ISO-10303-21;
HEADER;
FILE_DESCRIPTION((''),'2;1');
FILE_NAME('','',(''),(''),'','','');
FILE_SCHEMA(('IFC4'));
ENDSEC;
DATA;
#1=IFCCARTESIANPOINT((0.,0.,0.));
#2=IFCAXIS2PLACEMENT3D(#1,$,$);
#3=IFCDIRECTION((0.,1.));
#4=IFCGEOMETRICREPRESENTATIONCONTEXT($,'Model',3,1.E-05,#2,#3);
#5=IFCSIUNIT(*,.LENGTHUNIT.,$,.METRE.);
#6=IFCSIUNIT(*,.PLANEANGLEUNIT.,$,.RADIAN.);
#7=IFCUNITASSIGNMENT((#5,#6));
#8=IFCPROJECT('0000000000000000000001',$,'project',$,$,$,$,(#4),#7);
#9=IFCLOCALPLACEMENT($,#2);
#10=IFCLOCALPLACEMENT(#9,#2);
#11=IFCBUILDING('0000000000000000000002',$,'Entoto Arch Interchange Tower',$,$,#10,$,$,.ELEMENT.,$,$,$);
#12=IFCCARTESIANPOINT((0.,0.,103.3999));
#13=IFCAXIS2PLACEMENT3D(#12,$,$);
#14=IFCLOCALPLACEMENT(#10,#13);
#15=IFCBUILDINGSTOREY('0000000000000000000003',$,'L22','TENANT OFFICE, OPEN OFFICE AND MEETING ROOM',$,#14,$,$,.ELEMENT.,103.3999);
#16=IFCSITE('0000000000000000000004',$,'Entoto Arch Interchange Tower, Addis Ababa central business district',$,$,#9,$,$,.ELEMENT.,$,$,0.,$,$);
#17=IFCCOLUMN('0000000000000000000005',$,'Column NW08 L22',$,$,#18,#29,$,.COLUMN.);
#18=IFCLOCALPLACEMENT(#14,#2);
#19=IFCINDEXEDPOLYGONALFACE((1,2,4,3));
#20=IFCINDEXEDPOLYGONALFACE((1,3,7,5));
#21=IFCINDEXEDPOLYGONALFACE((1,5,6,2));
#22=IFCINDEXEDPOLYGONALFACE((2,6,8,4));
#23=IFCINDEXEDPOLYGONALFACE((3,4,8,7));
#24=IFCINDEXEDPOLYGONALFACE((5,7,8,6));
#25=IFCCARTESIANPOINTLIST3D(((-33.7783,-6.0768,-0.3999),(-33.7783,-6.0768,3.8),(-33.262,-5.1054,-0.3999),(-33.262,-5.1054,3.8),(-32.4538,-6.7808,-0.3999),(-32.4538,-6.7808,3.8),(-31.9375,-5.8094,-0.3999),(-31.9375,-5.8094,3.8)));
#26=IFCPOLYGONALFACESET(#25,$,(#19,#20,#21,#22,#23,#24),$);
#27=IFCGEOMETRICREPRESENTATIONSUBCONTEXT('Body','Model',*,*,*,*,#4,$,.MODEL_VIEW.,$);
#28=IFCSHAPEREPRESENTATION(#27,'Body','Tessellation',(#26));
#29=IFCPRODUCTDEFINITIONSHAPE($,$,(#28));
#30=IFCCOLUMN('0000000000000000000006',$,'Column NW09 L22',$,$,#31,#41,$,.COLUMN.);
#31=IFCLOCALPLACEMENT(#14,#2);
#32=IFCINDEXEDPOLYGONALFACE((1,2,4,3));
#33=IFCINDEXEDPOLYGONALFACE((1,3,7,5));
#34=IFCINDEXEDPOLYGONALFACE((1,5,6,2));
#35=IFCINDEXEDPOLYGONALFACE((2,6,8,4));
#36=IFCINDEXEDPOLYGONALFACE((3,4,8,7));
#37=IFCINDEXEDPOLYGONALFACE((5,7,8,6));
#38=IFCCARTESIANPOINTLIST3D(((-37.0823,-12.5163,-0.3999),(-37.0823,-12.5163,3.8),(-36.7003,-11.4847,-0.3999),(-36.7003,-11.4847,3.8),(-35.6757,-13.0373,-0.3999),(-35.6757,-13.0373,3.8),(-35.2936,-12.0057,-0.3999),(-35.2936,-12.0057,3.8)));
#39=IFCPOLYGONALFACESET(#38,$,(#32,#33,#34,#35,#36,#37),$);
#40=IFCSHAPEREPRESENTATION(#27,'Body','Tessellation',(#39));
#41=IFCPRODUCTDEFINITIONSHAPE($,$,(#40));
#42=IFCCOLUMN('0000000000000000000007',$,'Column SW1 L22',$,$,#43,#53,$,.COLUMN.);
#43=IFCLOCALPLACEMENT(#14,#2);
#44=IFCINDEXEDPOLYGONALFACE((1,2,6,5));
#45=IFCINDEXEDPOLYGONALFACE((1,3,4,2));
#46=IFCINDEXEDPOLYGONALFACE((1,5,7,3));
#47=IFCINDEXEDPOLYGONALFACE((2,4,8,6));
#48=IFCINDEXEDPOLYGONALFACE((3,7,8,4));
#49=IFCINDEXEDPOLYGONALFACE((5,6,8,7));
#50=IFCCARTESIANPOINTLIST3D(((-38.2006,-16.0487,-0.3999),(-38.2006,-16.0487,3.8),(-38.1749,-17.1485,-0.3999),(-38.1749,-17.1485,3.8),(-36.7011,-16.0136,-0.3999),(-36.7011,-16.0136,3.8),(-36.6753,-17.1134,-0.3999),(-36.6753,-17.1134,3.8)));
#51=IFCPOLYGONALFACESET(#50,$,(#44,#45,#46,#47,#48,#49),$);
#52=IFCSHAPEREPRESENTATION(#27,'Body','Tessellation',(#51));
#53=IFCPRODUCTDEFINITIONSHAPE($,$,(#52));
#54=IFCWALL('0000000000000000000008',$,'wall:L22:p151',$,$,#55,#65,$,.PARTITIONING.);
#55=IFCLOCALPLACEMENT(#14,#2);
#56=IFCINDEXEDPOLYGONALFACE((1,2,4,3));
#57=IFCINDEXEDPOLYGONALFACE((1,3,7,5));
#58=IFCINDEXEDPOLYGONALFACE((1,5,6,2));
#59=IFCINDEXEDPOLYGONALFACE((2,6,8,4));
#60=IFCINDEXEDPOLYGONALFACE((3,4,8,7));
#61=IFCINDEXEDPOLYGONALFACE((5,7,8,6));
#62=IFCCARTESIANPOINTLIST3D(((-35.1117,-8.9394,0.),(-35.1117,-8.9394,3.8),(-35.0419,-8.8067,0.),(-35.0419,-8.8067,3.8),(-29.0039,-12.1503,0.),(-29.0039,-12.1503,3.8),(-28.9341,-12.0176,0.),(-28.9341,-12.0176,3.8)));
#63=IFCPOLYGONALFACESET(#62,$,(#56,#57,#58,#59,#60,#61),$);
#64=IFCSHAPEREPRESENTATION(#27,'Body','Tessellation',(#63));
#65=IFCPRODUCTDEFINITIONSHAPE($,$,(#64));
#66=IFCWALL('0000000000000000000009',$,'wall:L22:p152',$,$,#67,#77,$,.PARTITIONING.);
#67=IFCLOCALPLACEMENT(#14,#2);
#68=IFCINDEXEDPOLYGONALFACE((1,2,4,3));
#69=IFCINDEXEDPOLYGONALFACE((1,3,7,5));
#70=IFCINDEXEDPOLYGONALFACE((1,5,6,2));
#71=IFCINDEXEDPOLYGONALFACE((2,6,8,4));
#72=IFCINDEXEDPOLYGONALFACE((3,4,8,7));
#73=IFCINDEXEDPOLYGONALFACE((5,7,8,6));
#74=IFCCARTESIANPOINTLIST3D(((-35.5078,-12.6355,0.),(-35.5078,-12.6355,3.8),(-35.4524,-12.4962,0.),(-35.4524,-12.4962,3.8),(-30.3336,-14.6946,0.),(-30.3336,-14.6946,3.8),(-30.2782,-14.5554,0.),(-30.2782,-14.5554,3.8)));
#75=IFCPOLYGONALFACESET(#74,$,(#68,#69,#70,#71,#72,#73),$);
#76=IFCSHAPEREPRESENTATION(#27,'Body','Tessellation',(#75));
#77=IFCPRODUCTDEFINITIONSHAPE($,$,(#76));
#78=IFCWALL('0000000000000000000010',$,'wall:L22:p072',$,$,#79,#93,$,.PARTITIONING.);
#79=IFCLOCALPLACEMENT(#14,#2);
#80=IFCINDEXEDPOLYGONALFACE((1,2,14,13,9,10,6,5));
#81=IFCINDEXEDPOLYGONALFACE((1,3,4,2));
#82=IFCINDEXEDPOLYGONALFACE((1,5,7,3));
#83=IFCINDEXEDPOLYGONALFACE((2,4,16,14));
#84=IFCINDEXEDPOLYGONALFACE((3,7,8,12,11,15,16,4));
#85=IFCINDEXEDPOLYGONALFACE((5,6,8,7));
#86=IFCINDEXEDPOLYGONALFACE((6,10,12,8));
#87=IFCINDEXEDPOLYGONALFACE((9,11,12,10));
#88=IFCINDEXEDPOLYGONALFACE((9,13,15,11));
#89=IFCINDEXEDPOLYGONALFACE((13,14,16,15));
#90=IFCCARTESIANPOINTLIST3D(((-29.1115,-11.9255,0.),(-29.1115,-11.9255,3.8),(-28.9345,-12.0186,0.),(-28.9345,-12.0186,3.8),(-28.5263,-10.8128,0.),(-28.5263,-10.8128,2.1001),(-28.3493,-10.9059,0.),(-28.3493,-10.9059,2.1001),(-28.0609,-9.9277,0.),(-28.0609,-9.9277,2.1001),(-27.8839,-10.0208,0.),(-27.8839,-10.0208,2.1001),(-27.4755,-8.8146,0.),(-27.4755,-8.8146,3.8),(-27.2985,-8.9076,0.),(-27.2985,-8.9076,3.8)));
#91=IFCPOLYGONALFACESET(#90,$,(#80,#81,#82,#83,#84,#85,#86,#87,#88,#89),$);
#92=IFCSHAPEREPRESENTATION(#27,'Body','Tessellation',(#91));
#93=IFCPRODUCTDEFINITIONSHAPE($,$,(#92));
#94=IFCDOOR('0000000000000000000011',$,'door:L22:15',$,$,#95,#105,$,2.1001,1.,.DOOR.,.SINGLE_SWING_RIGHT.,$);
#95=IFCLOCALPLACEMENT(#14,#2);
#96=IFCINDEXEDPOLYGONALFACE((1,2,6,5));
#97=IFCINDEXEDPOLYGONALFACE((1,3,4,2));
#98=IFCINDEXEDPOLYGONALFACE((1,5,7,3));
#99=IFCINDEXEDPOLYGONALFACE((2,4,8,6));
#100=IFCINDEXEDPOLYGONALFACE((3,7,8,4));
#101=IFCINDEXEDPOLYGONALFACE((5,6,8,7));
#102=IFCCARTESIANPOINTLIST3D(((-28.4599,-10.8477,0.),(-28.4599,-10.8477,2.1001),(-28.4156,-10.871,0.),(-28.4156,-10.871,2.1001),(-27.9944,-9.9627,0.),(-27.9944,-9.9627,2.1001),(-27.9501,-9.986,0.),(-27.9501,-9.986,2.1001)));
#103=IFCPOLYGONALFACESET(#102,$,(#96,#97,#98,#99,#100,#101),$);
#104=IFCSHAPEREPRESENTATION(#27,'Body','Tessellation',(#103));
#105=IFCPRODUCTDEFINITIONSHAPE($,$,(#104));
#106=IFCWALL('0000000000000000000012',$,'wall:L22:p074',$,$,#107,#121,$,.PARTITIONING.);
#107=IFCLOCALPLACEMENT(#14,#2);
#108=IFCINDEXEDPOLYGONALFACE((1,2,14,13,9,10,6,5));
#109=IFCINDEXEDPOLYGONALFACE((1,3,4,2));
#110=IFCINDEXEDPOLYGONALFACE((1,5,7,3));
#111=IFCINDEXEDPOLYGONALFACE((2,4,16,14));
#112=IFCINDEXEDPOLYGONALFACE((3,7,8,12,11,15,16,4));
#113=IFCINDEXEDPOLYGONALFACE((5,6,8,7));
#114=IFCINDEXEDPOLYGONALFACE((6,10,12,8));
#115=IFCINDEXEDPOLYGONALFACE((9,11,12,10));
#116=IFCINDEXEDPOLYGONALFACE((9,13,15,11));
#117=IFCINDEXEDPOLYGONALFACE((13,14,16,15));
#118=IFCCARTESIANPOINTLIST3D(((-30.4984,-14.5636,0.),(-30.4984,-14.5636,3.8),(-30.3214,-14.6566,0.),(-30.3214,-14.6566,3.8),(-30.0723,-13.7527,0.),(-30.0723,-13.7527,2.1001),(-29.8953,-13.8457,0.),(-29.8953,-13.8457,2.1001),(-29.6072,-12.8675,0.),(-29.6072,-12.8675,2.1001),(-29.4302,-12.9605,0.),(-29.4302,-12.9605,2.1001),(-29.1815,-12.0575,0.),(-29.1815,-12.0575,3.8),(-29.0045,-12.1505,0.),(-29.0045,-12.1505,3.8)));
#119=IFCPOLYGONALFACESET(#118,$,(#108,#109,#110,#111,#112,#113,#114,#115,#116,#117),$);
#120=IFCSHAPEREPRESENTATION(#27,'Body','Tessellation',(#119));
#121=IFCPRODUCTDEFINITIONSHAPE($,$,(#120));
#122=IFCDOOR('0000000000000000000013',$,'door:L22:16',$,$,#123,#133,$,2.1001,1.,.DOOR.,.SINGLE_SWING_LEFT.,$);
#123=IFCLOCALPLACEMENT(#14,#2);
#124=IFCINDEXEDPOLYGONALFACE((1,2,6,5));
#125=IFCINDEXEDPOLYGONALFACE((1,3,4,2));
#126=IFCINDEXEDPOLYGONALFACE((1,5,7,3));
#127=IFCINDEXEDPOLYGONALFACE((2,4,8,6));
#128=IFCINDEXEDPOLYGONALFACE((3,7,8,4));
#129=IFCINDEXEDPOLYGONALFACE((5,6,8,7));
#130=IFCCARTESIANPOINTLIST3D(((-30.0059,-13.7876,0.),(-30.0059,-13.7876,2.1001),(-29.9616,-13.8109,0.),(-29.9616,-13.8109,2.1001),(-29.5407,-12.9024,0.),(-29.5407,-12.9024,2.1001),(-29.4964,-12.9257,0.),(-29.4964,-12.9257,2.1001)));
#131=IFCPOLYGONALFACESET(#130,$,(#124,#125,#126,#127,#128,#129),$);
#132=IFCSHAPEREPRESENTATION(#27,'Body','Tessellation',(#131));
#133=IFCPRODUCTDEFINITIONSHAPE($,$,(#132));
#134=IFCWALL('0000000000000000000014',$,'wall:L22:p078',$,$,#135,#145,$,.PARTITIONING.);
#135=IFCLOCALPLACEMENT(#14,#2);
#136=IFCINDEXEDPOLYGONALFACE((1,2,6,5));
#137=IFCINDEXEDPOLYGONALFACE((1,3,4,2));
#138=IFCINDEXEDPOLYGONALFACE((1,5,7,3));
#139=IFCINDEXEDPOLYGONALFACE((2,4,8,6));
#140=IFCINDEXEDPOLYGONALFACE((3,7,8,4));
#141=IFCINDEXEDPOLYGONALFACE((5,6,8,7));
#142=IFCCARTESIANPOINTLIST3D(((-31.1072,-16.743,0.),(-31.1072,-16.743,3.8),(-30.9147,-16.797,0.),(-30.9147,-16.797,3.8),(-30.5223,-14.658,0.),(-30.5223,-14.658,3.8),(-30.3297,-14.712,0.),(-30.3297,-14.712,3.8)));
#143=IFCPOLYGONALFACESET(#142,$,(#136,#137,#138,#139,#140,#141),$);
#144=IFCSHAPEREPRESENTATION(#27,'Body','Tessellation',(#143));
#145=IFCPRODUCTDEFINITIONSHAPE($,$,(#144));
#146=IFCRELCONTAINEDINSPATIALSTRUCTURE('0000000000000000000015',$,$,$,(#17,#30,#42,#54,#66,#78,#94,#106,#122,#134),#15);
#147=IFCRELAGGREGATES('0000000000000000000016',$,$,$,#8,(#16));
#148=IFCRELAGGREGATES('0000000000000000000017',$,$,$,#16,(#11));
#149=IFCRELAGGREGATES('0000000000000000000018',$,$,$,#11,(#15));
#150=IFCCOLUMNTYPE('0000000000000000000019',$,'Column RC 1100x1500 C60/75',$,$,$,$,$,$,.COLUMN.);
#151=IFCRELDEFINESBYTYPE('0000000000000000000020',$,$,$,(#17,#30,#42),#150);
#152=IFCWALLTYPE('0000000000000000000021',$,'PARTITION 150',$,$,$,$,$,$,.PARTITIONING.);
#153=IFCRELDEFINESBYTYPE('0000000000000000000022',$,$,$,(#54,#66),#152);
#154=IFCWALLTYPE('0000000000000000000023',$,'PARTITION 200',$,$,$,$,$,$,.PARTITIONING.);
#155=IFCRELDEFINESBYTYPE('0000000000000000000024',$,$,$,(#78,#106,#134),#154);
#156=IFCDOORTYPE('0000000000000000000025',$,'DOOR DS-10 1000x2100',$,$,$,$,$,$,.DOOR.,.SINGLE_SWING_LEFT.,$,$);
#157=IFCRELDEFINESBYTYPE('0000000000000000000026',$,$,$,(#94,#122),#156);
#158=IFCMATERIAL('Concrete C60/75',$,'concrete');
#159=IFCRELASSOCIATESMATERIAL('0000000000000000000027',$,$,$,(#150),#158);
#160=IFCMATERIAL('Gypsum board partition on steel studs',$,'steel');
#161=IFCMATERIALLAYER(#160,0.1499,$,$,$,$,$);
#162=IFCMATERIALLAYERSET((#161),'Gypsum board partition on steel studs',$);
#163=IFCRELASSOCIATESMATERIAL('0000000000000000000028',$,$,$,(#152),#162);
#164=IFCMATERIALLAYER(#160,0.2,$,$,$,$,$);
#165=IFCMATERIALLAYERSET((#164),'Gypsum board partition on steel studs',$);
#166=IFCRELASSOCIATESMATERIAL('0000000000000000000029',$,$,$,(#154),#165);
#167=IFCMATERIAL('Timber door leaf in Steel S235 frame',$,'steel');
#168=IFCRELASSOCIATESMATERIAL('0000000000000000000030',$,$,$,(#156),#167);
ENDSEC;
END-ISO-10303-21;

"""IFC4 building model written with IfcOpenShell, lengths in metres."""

from ifc_helpers import new_model, si_unit, direction, frame, frame_2d, origin, origin_2d, place, context, subcontext, project, spatial, rectangle, extrude, material, layer, layer_set, material_profile, profile_set, type_object, element, fill, save


model = new_model("IFC4")

# Units and contexts
model_context = context("Model", 3, precision=1e-05, world=origin(), true_north=direction((0.0, 1.0)))
body_context = subcontext(model_context, "Body", "Model", "MODEL_VIEW")
ifc_project = project(units=[si_unit("LENGTHUNIT", "METRE"), si_unit("PLANEANGLEUNIT", "RADIAN")], contexts=[model_context])

# Site, building, storey
site_placement = place(None, origin())
site = spatial("IfcSite", under=ifc_project, at=site_placement, Name="Entoto Arch Interchange Tower, Addis Ababa central business district", CompositionType="ELEMENT", RefElevation=0.0)
building_placement = place(site_placement, origin())
building = spatial("IfcBuilding", under=site, at=building_placement, Name="Entoto Arch Interchange Tower", CompositionType="ELEMENT")
storey_placement = place(building_placement, frame((0.0, 0.0, 103.3999)))
storey = spatial("IfcBuildingStorey", under=building, at=storey_placement, Name="L22", Description="TENANT OFFICE, OPEN OFFICE AND MEETING ROOM", CompositionType="ELEMENT", Elevation=103.3999)

# Columns
ifc_material_1 = material(Name="Concrete C60/75", Category="concrete")
ifc_material_profile = material_profile(ifc_material_1, rectangle(XDim=1.1001, YDim=1.5, at=origin_2d()))
ifc_profile_set = profile_set([ifc_material_profile], Name="Concrete C60/75")
column_type = type_object("IfcColumnType", Name="Column RC 1100x1500 C60/75", PredefinedType="COLUMN", material=ifc_profile_set)
for number, where, z_axis, x_axis, name in (
    (1, (-32.8579, -5.9431, -0.3999), (0.0, 0.0, 1.0), (0.469333, 0.883021, 0.0), "Column NW08 L22"),
    (2, (-36.188, -12.261, -0.3999), (0.0, 0.0, 1.0), (0.347312, 0.93775, 0.0), "Column NW09 L22"),
    (3, (-37.438, -16.5811, -0.3999), (0.0, 0.0, 1.0), (-0.023385, 0.999727, 0.0), "Column SW1 L22"),
):
    element("IfcColumn", number, at=place(storey_placement, frame(where, z_axis=z_axis, x_axis=x_axis)), inside=storey, type_object=column_type, Name=name, PredefinedType="COLUMN", context=body_context, shape_type="SweptSolid", body=[
        extrude(rectangle(XDim=1.1001, YDim=1.5, at=origin_2d()), origin(), (0.0, 0.0, 1.0), 4.2),
    ])

# Walls
ifc_material_2 = material(Name="Gypsum board partition on steel studs", Category="steel")
ifc_layer_1 = layer(ifc_material_2, 0.1499)
ifc_layer_set_1 = layer_set([ifc_layer_1], Name="Gypsum board partition on steel studs")
wall_type_1 = type_object("IfcWallType", Name="PARTITION 150", PredefinedType="PARTITIONING", material=ifc_layer_set_1)
wall_1_placement = place(storey_placement, frame((-28.969, -12.084, 0.0), z_axis=(0.0, 0.0, 1.0), x_axis=(-0.885142, 0.465321, 0.0)))
element("IfcWall", 4, at=wall_1_placement, inside=storey, type_object=wall_type_1, Name="wall:L22:p151", PredefinedType="PARTITIONING", context=body_context, shape_type="SweptSolid", body=[
    extrude(rectangle(XDim=6.9004, YDim=0.1499, at=frame_2d((3.4502, 0.0))), origin(), (0.0, 0.0, 1.0), 3.8),
])
wall_2_placement = place(storey_placement, frame((-30.3059, -14.625, 0.0), z_axis=(0.0, 0.0, 1.0), x_axis=(-0.929128, 0.369757, 0.0)))
element("IfcWall", 5, at=wall_2_placement, inside=storey, type_object=wall_type_1, Name="wall:L22:p152", PredefinedType="PARTITIONING", context=body_context, shape_type="SweptSolid", body=[
    extrude(rectangle(XDim=5.5688, YDim=0.1499, at=frame_2d((2.7844, 0.0))), origin(), (0.0, 0.0, 1.0), 3.8),
])

# Walls, openings, doors
ifc_layer_2 = layer(ifc_material_2, 0.2)
ifc_layer_set_2 = layer_set([ifc_layer_2], Name="Gypsum board partition on steel studs")
wall_type_2 = type_object("IfcWallType", Name="PARTITION 200", PredefinedType="PARTITIONING", material=ifc_layer_set_2)
wall_3_placement = place(storey_placement, frame((-29.0229, -11.9719, 0.0), z_axis=(0.0, 0.0, 1.0), x_axis=(0.465457, 0.88507, 0.0)))
wall_3 = element("IfcWall", 6, at=wall_3_placement, inside=storey, type_object=wall_type_2, Name="wall:L22:p072", PredefinedType="PARTITIONING", context=body_context, shape_type="SweptSolid", body=[
    extrude(rectangle(XDim=3.5149, YDim=0.2, at=frame_2d((1.7573, 0.0))), origin(), (0.0, 0.0, 1.0), 3.8),
])
opening_1_placement = place(wall_3_placement, frame((1.2571, 0.0, 0.0)))
opening_1 = element("IfcOpeningElement", 7, at=opening_1_placement, cuts=wall_3, PredefinedType="OPENING", context=body_context, shape_type="SweptSolid", body=[
    extrude(rectangle(XDim=1.0, YDim=2.1001, at=frame_2d((0.5, 1.05))), frame((0.0, 0.1099, 0.0), z_axis=(0.0, -1.0, 0.0), x_axis=(1.0, 0.0, 0.0)), (0.0, 0.0, 1.0), 0.22),
])
ifc_material_3 = material(Name="Timber door leaf in Steel S235 frame", Category="steel")
door_type = type_object("IfcDoorType", Name="DOOR DS-10 1000x2100", OperationType="SINGLE_SWING_LEFT", PredefinedType="DOOR", material=ifc_material_3)
door_1_placement = place(opening_1_placement, origin())
door_1 = element("IfcDoor", 8, at=door_1_placement, inside=storey, type_object=door_type, Name="door:L22:15", OperationType="SINGLE_SWING_RIGHT", OverallHeight=2.1001, OverallWidth=1.0, PredefinedType="DOOR", context=body_context, shape_type="SweptSolid", body=[
    extrude(rectangle(XDim=1.0, YDim=2.1001, at=frame_2d((0.5, 1.05))), frame((0.0, 0.0249, 0.0), z_axis=(0.0, -1.0, 0.0), x_axis=(1.0, 0.0, 0.0)), (0.0, 0.0, 1.0), 0.05),
])
fill(opening_1, door_1)
wall_4_placement = place(storey_placement, frame((-30.4099, -14.6101, 0.0), z_axis=(0.0, 0.0, 1.0), x_axis=(0.465163, 0.885225, 0.0)))
wall_4 = element("IfcWall", 9, at=wall_4_placement, inside=storey, type_object=wall_type_2, Name="wall:L22:p074", PredefinedType="PARTITIONING", context=body_context, shape_type="SweptSolid", body=[
    extrude(rectangle(XDim=2.8311, YDim=0.2, at=frame_2d((1.4155, 0.0))), origin(), (0.0, 0.0, 1.0), 3.8),
])
opening_2_placement = place(wall_4_placement, frame((0.916, 0.0, 0.0)))
opening_2 = element("IfcOpeningElement", 10, at=opening_2_placement, cuts=wall_4, PredefinedType="OPENING", context=body_context, shape_type="SweptSolid", body=[
    extrude(rectangle(XDim=1.0, YDim=2.1001, at=frame_2d((0.5, 1.05))), frame((0.0, 0.1099, 0.0), z_axis=(0.0, -1.0, 0.0), x_axis=(1.0, 0.0, 0.0)), (0.0, 0.0, 1.0), 0.22),
])
door_2_placement = place(opening_2_placement, origin())
door_2 = element("IfcDoor", 11, at=door_2_placement, inside=storey, type_object=door_type, Name="door:L22:16", OperationType="SINGLE_SWING_LEFT", OverallHeight=2.1001, OverallWidth=1.0, PredefinedType="DOOR", context=body_context, shape_type="SweptSolid", body=[
    extrude(rectangle(XDim=1.0, YDim=2.1001, at=frame_2d((0.5, 1.05))), frame((0.0, 0.0249, 0.0), z_axis=(0.0, -1.0, 0.0), x_axis=(1.0, 0.0, 0.0)), (0.0, 0.0, 1.0), 0.05),
])
fill(opening_2, door_2)

# Wall
wall_5_placement = place(storey_placement, frame((-31.011, -16.77, 0.0), z_axis=(0.0, 0.0, 1.0), x_axis=(0.270132, 0.962823, 0.0)))
element("IfcWall", 12, at=wall_5_placement, inside=storey, type_object=wall_type_2, Name="wall:L22:p078", PredefinedType="PARTITIONING", context=body_context, shape_type="SweptSolid", body=[
    extrude(rectangle(XDim=2.1655, YDim=0.2, at=frame_2d((1.0828, 0.0))), origin(), (0.0, 0.0, 1.0), 3.8),
])

save(model, "model.ifc")
